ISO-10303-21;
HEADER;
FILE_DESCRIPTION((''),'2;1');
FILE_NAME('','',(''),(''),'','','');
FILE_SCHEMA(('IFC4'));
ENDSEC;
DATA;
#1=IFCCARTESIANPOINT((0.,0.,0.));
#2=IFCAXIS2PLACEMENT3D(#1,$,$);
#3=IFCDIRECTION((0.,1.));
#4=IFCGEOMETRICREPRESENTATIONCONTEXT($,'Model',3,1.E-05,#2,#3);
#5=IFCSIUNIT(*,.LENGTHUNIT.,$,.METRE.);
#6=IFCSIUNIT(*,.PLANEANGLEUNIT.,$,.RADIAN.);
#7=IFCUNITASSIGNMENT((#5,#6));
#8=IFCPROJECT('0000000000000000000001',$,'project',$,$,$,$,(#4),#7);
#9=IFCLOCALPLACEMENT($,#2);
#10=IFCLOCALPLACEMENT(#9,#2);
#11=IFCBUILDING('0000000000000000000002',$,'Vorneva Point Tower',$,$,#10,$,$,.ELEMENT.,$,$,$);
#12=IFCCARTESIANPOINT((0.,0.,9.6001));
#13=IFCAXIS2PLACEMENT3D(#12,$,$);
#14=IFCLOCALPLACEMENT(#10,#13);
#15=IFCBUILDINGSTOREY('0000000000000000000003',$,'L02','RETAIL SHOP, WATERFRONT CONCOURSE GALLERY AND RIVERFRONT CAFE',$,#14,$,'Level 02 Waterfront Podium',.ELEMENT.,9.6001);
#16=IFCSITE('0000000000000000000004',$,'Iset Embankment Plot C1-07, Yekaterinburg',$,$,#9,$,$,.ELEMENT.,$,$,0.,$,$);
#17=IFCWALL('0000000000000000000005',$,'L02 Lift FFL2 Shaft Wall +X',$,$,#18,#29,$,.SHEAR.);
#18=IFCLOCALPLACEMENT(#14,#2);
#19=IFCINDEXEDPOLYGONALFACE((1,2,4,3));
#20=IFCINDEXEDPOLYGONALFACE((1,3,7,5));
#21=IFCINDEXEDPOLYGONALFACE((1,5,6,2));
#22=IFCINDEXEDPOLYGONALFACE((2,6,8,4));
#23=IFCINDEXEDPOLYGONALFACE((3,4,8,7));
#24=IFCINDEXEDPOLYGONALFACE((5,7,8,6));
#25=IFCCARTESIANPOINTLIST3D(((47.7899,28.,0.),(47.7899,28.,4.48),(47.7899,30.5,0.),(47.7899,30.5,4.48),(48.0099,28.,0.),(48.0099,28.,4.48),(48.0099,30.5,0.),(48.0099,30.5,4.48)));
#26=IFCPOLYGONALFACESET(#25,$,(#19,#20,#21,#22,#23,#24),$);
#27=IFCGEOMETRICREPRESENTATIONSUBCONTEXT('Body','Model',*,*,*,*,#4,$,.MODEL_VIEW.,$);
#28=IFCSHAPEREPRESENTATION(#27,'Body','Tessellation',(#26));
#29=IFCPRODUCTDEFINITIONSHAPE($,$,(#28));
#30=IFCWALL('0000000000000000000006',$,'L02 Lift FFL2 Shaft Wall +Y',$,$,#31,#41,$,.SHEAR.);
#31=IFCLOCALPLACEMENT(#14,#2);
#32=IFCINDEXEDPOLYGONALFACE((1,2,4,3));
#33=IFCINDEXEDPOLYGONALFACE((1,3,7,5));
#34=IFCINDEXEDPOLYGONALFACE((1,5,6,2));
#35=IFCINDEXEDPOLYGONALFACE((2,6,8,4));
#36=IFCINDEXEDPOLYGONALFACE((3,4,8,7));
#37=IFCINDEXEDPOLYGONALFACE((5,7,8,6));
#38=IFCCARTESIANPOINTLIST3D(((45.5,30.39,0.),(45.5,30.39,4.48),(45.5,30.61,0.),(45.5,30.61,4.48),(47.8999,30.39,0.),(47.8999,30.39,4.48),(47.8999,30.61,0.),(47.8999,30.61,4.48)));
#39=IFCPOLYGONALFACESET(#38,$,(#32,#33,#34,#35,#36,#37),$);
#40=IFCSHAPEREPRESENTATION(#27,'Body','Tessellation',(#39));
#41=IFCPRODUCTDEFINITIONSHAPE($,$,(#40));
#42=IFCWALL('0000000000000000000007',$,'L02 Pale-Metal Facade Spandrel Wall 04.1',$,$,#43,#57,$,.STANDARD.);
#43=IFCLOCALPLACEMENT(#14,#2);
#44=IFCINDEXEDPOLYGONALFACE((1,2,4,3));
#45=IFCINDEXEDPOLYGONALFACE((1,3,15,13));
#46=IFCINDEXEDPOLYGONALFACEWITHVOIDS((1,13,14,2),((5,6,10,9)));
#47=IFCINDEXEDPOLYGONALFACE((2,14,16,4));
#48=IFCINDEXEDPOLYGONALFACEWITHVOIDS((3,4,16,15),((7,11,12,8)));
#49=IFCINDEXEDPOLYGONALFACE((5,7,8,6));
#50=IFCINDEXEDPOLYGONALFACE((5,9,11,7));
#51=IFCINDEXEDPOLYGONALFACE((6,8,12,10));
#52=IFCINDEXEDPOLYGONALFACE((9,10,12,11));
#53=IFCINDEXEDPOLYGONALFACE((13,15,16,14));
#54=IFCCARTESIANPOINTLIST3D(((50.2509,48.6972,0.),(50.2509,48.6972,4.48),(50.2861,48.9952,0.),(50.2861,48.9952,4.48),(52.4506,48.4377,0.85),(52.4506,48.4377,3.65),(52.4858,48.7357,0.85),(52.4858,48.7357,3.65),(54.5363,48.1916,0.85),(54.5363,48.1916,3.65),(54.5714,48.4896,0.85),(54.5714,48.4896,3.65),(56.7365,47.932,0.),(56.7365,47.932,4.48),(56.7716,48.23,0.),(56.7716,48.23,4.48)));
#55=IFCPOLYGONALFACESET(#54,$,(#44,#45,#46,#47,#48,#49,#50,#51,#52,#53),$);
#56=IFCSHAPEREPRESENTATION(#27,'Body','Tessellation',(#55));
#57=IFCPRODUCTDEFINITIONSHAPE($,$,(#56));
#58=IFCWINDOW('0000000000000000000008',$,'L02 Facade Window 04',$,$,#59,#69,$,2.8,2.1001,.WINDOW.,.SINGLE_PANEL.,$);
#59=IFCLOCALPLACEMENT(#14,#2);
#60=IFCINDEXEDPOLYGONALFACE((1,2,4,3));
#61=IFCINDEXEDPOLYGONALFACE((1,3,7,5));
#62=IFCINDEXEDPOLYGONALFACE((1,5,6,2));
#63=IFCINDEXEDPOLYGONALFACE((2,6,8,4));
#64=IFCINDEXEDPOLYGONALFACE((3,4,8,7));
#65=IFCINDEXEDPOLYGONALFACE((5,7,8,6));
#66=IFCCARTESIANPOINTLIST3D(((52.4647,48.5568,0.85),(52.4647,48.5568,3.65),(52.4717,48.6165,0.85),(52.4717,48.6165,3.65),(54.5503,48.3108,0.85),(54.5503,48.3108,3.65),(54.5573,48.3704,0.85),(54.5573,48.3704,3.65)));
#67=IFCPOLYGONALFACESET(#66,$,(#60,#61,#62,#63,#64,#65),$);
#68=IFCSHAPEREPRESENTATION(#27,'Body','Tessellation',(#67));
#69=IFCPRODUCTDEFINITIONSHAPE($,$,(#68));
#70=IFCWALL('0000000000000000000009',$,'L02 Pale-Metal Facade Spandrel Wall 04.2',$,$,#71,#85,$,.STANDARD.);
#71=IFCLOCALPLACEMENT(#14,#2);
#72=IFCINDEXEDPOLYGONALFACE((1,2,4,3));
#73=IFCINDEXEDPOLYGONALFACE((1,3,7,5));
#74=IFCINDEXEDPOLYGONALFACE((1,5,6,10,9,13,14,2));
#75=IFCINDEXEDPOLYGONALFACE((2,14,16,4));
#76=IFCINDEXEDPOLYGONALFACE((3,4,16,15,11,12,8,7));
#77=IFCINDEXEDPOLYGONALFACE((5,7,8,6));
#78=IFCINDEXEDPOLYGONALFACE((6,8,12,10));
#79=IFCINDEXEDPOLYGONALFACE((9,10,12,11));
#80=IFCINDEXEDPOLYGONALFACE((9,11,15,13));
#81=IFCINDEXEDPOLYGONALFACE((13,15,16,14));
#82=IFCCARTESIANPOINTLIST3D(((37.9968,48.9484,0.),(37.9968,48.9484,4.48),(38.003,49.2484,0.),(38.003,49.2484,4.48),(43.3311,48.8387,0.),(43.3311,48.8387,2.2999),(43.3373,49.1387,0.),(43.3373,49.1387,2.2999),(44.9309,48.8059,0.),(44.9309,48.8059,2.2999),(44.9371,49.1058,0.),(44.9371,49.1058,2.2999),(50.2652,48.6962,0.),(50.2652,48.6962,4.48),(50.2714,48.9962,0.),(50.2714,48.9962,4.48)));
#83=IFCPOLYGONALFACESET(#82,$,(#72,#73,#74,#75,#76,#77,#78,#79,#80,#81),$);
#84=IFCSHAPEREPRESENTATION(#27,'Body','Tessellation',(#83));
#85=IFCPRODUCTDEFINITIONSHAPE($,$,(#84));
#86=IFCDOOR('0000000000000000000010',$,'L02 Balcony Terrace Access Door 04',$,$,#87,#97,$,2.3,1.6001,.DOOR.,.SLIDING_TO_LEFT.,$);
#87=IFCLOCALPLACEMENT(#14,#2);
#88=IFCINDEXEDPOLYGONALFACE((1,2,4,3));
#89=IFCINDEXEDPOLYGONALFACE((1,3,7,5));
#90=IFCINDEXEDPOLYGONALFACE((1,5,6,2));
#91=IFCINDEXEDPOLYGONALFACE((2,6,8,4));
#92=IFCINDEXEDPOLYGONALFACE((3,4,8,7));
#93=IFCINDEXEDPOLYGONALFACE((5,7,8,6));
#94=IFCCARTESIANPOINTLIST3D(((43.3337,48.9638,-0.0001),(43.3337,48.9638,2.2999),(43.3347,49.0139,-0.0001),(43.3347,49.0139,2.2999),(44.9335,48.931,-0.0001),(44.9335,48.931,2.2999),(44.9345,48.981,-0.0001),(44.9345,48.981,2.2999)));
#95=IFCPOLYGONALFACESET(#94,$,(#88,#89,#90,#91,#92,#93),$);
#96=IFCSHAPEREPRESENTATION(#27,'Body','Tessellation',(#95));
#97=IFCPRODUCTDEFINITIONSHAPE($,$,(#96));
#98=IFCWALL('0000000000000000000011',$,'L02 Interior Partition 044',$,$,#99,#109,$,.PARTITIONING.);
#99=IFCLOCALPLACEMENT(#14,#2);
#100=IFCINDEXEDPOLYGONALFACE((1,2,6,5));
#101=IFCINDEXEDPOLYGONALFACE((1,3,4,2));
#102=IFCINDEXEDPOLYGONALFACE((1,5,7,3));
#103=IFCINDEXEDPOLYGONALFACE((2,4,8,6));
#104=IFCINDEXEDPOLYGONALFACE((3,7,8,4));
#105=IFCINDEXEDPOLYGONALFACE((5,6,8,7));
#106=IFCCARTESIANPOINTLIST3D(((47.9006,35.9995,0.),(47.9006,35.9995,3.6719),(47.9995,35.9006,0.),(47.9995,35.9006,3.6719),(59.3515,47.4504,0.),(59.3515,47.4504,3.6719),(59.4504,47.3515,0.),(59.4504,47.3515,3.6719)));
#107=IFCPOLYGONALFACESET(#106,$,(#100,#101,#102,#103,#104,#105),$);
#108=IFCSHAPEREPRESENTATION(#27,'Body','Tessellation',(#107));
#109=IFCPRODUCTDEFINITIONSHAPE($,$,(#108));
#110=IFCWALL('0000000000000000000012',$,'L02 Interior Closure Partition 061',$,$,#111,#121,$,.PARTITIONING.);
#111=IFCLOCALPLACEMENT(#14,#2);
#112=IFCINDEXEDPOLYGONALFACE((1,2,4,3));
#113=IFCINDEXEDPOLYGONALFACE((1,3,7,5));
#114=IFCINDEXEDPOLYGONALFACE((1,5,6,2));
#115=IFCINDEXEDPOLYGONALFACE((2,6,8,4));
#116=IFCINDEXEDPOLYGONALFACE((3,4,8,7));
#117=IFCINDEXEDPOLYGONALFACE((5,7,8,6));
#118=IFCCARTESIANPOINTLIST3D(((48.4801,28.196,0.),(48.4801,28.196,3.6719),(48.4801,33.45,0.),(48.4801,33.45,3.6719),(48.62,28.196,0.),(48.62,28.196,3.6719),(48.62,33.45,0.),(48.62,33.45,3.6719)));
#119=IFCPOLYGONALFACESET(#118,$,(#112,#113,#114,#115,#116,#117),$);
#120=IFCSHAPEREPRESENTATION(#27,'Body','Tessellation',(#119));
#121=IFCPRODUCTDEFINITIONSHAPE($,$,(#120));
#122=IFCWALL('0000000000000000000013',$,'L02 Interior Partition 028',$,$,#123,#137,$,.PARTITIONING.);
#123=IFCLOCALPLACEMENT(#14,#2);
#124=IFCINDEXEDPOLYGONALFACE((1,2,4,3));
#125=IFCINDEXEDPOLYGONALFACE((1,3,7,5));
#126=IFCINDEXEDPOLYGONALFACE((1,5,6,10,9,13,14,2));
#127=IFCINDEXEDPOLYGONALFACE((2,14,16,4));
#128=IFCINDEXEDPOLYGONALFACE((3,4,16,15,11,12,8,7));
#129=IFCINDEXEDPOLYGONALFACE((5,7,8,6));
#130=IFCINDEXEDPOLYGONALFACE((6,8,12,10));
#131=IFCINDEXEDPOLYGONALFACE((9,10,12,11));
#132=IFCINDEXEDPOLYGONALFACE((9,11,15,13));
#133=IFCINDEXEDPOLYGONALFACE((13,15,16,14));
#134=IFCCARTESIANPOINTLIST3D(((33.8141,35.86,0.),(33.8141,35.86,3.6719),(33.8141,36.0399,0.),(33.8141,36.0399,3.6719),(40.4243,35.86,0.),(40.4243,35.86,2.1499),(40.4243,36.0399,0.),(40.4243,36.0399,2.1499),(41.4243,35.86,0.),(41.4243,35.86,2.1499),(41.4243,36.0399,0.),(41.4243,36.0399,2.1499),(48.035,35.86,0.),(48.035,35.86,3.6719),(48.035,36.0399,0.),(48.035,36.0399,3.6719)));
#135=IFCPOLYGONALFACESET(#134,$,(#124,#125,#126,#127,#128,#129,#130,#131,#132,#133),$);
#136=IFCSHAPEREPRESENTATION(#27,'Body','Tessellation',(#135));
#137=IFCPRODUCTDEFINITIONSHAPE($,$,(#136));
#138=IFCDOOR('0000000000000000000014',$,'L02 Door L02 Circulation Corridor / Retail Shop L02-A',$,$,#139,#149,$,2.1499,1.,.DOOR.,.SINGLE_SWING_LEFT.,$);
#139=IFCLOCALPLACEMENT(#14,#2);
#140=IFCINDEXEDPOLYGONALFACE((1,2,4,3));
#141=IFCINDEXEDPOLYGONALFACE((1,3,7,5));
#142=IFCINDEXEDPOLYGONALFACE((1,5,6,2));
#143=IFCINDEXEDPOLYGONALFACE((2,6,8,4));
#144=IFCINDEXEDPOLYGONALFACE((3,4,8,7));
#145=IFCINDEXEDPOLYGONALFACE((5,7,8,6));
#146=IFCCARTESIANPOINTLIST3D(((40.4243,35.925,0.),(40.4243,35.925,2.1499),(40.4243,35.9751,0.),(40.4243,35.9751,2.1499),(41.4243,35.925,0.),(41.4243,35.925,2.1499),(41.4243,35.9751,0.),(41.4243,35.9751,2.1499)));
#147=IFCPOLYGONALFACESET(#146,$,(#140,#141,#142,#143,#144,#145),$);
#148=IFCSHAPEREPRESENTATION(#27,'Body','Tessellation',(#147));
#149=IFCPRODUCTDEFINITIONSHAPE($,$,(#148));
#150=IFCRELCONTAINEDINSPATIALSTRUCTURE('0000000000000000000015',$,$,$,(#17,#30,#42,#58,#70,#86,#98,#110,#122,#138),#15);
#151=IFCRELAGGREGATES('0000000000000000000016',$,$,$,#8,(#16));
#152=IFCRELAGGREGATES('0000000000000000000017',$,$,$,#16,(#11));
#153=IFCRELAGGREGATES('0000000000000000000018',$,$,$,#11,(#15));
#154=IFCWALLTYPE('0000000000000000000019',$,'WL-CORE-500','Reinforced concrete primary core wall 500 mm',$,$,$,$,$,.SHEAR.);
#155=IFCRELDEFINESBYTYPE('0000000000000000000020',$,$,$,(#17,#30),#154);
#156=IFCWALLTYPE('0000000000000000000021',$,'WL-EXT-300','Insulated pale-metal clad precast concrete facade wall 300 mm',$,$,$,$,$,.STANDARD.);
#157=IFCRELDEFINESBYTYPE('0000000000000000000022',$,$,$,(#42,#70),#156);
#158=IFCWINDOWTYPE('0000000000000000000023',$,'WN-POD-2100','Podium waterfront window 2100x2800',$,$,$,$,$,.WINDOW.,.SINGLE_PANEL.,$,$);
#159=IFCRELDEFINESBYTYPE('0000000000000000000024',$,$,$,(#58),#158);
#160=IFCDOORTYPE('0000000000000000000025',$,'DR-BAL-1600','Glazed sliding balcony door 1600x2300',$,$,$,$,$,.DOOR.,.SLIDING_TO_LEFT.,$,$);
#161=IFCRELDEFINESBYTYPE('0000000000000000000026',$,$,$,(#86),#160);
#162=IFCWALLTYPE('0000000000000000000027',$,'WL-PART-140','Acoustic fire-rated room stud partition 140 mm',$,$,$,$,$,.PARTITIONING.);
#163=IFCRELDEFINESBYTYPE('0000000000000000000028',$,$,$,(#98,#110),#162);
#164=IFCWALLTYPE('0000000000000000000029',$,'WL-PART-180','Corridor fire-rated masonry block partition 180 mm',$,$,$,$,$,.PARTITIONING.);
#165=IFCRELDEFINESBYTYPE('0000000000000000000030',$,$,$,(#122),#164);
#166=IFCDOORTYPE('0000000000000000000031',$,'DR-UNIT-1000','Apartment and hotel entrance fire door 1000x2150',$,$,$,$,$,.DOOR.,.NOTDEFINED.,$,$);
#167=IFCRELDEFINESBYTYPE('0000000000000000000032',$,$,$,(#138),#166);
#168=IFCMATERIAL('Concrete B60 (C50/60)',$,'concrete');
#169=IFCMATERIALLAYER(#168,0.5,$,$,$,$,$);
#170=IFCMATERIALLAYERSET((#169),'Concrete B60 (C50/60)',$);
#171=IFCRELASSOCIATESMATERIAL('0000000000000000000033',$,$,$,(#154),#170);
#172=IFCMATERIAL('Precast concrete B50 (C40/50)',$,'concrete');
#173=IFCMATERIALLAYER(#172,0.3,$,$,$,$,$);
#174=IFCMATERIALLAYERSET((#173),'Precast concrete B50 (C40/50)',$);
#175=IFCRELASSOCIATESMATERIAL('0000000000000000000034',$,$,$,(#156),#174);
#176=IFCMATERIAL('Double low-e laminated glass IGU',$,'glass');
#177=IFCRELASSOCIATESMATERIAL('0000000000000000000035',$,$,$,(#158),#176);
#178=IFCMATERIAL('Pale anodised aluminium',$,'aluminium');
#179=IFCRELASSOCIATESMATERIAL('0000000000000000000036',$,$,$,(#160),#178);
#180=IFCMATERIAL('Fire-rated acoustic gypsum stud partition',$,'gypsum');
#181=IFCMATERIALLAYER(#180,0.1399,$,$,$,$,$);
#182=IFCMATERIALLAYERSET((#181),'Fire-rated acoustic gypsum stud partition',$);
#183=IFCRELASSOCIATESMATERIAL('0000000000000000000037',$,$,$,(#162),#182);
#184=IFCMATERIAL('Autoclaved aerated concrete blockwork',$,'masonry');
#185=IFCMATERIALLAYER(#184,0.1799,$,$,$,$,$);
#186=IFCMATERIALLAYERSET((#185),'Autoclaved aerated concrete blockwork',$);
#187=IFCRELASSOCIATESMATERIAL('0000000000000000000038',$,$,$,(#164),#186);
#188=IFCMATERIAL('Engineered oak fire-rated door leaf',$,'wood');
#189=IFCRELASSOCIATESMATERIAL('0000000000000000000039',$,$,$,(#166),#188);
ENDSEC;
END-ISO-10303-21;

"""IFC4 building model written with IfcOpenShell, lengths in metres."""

from ifc_helpers import new_model, si_unit, direction, frame, frame_2d, origin, place, context, subcontext, project, spatial, rectangle, extrude, material, layer, layer_set, type_object, element, fill, save


model = new_model("IFC4")

# Units and contexts
model_context = context("Model", 3, precision=1e-05, world=origin(), true_north=direction((0.0, 1.0)))
body_context = subcontext(model_context, "Body", "Model", "MODEL_VIEW")
ifc_project = project(units=[si_unit("LENGTHUNIT", "METRE"), si_unit("PLANEANGLEUNIT", "RADIAN")], contexts=[model_context])

# Site, building, storey
site_placement = place(None, origin())
site = spatial("IfcSite", under=ifc_project, at=site_placement, Name="Iset Embankment Plot C1-07, Yekaterinburg", CompositionType="ELEMENT", RefElevation=0.0)
building_placement = place(site_placement, origin())
building = spatial("IfcBuilding", under=site, at=building_placement, Name="Vorneva Point Tower", CompositionType="ELEMENT")
storey_placement = place(building_placement, frame((0.0, 0.0, 9.6001)))
storey = spatial("IfcBuildingStorey", under=building, at=storey_placement, Name="L02", Description="RETAIL SHOP, WATERFRONT CONCOURSE GALLERY AND RIVERFRONT CAFE", LongName="Level 02 Waterfront Podium", CompositionType="ELEMENT", Elevation=9.6001)

# Shared definitions
ifc_material_1 = material(Name="Concrete B60 (C50/60)", Category="concrete")

# Walls
ifc_layer_1 = layer(ifc_material_1, 0.5)
ifc_layer_set_1 = layer_set([ifc_layer_1], Name="Concrete B60 (C50/60)")
wall_type_1 = type_object("IfcWallType", Name="WL-CORE-500", Description="Reinforced concrete primary core wall 500 mm", PredefinedType="SHEAR", material=ifc_layer_set_1)
wall_1_placement = place(storey_placement, frame((47.8999, 28.0, 0.0), z_axis=(0.0, 0.0, 1.0), x_axis=(0.0, 1.0, 0.0)))
element("IfcWall", 1, at=wall_1_placement, inside=storey, type_object=wall_type_1, Name="L02 Lift FFL2 Shaft Wall +X", PredefinedType="SHEAR", context=body_context, shape_type="SweptSolid", body=[
    extrude(rectangle(XDim=2.5, YDim=0.22, at=frame_2d((1.25, 0.0))), origin(), (0.0, 0.0, 1.0), 4.48),
])
wall_2_placement = place(storey_placement, frame((47.8999, 30.5, 0.0), z_axis=(0.0, 0.0, 1.0), x_axis=(-1.0, 0.0, 0.0)))
element("IfcWall", 2, at=wall_2_placement, inside=storey, type_object=wall_type_1, Name="L02 Lift FFL2 Shaft Wall +Y", PredefinedType="SHEAR", context=body_context, shape_type="SweptSolid", body=[
    extrude(rectangle(XDim=2.3999, YDim=0.22, at=frame_2d((1.2, 0.0))), origin(), (0.0, 0.0, 1.0), 4.48),
])

# Wall, opening, window
ifc_material_2 = material(Name="Precast concrete B50 (C40/50)", Category="concrete")
ifc_layer_2 = layer(ifc_material_2, 0.3)
ifc_layer_set_2 = layer_set([ifc_layer_2], Name="Precast concrete B50 (C40/50)")
wall_type_2 = type_object("IfcWallType", Name="WL-EXT-300", Description="Insulated pale-metal clad precast concrete facade wall 300 mm", PredefinedType="STANDARD", material=ifc_layer_set_2)
wall_3_placement = place(storey_placement, frame((56.7539, 48.0811, 0.0), z_axis=(0.0, 0.0, 1.0), x_axis=(-0.993113, 0.117162, 0.0)))
wall_3 = element("IfcWall", 3, at=wall_3_placement, inside=storey, type_object=wall_type_2, Name="L02 Pale-Metal Facade Spandrel Wall 04.1", PredefinedType="STANDARD", context=body_context, shape_type="SweptSolid", body=[
    extrude(rectangle(XDim=6.5305, YDim=0.3, at=frame_2d((3.2651, 0.0))), origin(), (0.0, 0.0, 1.0), 4.48),
])
opening_1_placement = place(wall_3_placement, frame((2.2153, 0.0, 0.8501)))
opening_1 = element("IfcOpeningElement", 4, at=opening_1_placement, cuts=wall_3, PredefinedType="OPENING", context=body_context, shape_type="SweptSolid", body=[
    extrude(rectangle(XDim=2.1001, YDim=2.8, at=frame_2d((1.05, 1.3999))), frame((0.0, 0.165, 0.0), z_axis=(0.0, -1.0, 0.0), x_axis=(1.0, 0.0, 0.0)), (0.0, 0.0, 1.0), 0.3298),
])
ifc_material_3 = material(Name="Double low-e laminated glass IGU", Category="glass")
window_type = type_object("IfcWindowType", Name="WN-POD-2100", Description="Podium waterfront window 2100x2800", PartitioningType="SINGLE_PANEL", PredefinedType="WINDOW", material=ifc_material_3)
window_placement = place(opening_1_placement, origin())
window = element("IfcWindow", 5, at=window_placement, inside=storey, type_object=window_type, Name="L02 Facade Window 04", OverallHeight=2.8, OverallWidth=2.1001, PartitioningType="SINGLE_PANEL", PredefinedType="WINDOW", context=body_context, shape_type="SweptSolid", body=[
    extrude(rectangle(XDim=2.1001, YDim=2.8, at=frame_2d((1.05, 1.3999))), frame((0.0, 0.03, 0.0), z_axis=(0.0, -1.0, 0.0), x_axis=(1.0, 0.0, 0.0)), (0.0, 0.0, 1.0), 0.0601),
])
fill(opening_1, window)

# Wall, opening, door
wall_4_placement = place(storey_placement, frame((50.2683, 48.8462, 0.0), z_axis=(0.0, 0.0, 1.0), x_axis=(-0.999789, 0.020552, 0.0)))
wall_4 = element("IfcWall", 6, at=wall_4_placement, inside=storey, type_object=wall_type_2, Name="L02 Pale-Metal Facade Spandrel Wall 04.2", PredefinedType="STANDARD", context=body_context, shape_type="SweptSolid", body=[
    extrude(rectangle(XDim=12.271, YDim=0.3, at=frame_2d((6.1355, 0.0))), origin(), (0.0, 0.0, 1.0), 4.48),
])
opening_2_placement = place(wall_4_placement, frame((5.3354, 0.0, 0.0)))
opening_2 = element("IfcOpeningElement", 7, at=opening_2_placement, cuts=wall_4, PredefinedType="OPENING", context=body_context, shape_type="SweptSolid", body=[
    extrude(rectangle(XDim=1.6001, YDim=2.3, at=frame_2d((0.8, 1.1499))), frame((0.0, 0.165, 0.0), z_axis=(0.0, -1.0, 0.0), x_axis=(1.0, 0.0, 0.0)), (0.0, 0.0, 1.0), 0.3298),
])
ifc_material_4 = material(Name="Pale anodised aluminium", Category="aluminium")
door_type_1 = type_object("IfcDoorType", Name="DR-BAL-1600", Description="Glazed sliding balcony door 1600x2300", OperationType="SLIDING_TO_LEFT", PredefinedType="DOOR", material=ifc_material_4)
door_1_placement = place(opening_2_placement, origin())
door_1 = element("IfcDoor", 8, at=door_1_placement, inside=storey, type_object=door_type_1, Name="L02 Balcony Terrace Access Door 04", OperationType="SLIDING_TO_LEFT", OverallHeight=2.3, OverallWidth=1.6001, PredefinedType="DOOR", context=body_context, shape_type="SweptSolid", body=[
    extrude(rectangle(XDim=1.6001, YDim=2.3, at=frame_2d((0.8, 1.1499))), frame((0.0, 0.0249, 0.0), z_axis=(0.0, -1.0, 0.0), x_axis=(1.0, 0.0, 0.0)), (0.0, 0.0, 1.0), 0.05),
])
fill(opening_2, door_1)

# Walls
ifc_material_5 = material(Name="Fire-rated acoustic gypsum stud partition", Category="gypsum")
ifc_layer_3 = layer(ifc_material_5, 0.1399)
ifc_layer_set_3 = layer_set([ifc_layer_3], Name="Fire-rated acoustic gypsum stud partition")
wall_type_3 = type_object("IfcWallType", Name="WL-PART-140", Description="Acoustic fire-rated room stud partition 140 mm", PredefinedType="PARTITIONING", material=ifc_layer_set_3)
wall_5_placement = place(storey_placement, frame((47.95, 35.95, 0.0), z_axis=(0.0, 0.0, 1.0), x_axis=(0.707107, 0.707107, 0.0)))
element("IfcWall", 9, at=wall_5_placement, inside=storey, type_object=wall_type_3, Name="L02 Interior Partition 044", PredefinedType="PARTITIONING", context=body_context, shape_type="SweptSolid", body=[
    extrude(rectangle(XDim=16.1941, YDim=0.1399, at=frame_2d((8.0972, 0.0))), origin(), (0.0, 0.0, 1.0), 3.6719),
])
wall_6_placement = place(storey_placement, frame((48.55, 33.45, 0.0), z_axis=(0.0, 0.0, 1.0), x_axis=(0.0, -1.0, 0.0)))
element("IfcWall", 10, at=wall_6_placement, inside=storey, type_object=wall_type_3, Name="L02 Interior Closure Partition 061", PredefinedType="PARTITIONING", context=body_context, shape_type="SweptSolid", body=[
    extrude(rectangle(XDim=5.2539, YDim=0.1399, at=frame_2d((2.627, 0.0))), origin(), (0.0, 0.0, 1.0), 3.6719),
])

# Wall, opening, door
ifc_material_6 = material(Name="Autoclaved aerated concrete blockwork", Category="masonry")
ifc_layer_4 = layer(ifc_material_6, 0.1799)
ifc_layer_set_4 = layer_set([ifc_layer_4], Name="Autoclaved aerated concrete blockwork")
wall_type_4 = type_object("IfcWallType", Name="WL-PART-180", Description="Corridor fire-rated masonry block partition 180 mm", PredefinedType="PARTITIONING", material=ifc_layer_set_4)
wall_7_placement = place(storey_placement, frame((48.0349, 35.95, 0.0), z_axis=(0.0, 0.0, 1.0), x_axis=(-1.0, 0.0, 0.0)))
wall_7 = element("IfcWall", 11, at=wall_7_placement, inside=storey, type_object=wall_type_4, Name="L02 Interior Partition 028", PredefinedType="PARTITIONING", context=body_context, shape_type="SweptSolid", body=[
    extrude(rectangle(XDim=14.2209, YDim=0.1799, at=frame_2d((7.1104, 0.0))), origin(), (0.0, 0.0, 1.0), 3.6719),
])
opening_3_placement = place(wall_7_placement, frame((6.6106, 0.0, 0.0)))
opening_3 = element("IfcOpeningElement", 12, at=opening_3_placement, cuts=wall_7, PredefinedType="OPENING", context=body_context, shape_type="SweptSolid", body=[
    extrude(rectangle(XDim=1.0, YDim=2.1499, at=frame_2d((0.5, 1.075))), frame((0.0, 0.105, 0.0), z_axis=(0.0, -1.0, 0.0), x_axis=(1.0, 0.0, 0.0)), (0.0, 0.0, 1.0), 0.2097),
])
ifc_material_7 = material(Name="Engineered oak fire-rated door leaf", Category="wood")
door_type_2 = type_object("IfcDoorType", Name="DR-UNIT-1000", Description="Apartment and hotel entrance fire door 1000x2150", OperationType="NOTDEFINED", PredefinedType="DOOR", material=ifc_material_7)
door_2_placement = place(opening_3_placement, origin())
door_2 = element("IfcDoor", 13, at=door_2_placement, inside=storey, type_object=door_type_2, Name="L02 Door L02 Circulation Corridor / Retail Shop L02-A", OperationType="SINGLE_SWING_LEFT", OverallHeight=2.1499, OverallWidth=1.0, PredefinedType="DOOR", context=body_context, shape_type="SweptSolid", body=[
    extrude(rectangle(XDim=1.0, YDim=2.1499, at=frame_2d((0.5, 1.075))), frame((0.0, 0.0249, 0.0), z_axis=(0.0, -1.0, 0.0), x_axis=(1.0, 0.0, 0.0)), (0.0, 0.0, 1.0), 0.05),
])
fill(opening_3, door_2)

save(model, "model.ifc")
